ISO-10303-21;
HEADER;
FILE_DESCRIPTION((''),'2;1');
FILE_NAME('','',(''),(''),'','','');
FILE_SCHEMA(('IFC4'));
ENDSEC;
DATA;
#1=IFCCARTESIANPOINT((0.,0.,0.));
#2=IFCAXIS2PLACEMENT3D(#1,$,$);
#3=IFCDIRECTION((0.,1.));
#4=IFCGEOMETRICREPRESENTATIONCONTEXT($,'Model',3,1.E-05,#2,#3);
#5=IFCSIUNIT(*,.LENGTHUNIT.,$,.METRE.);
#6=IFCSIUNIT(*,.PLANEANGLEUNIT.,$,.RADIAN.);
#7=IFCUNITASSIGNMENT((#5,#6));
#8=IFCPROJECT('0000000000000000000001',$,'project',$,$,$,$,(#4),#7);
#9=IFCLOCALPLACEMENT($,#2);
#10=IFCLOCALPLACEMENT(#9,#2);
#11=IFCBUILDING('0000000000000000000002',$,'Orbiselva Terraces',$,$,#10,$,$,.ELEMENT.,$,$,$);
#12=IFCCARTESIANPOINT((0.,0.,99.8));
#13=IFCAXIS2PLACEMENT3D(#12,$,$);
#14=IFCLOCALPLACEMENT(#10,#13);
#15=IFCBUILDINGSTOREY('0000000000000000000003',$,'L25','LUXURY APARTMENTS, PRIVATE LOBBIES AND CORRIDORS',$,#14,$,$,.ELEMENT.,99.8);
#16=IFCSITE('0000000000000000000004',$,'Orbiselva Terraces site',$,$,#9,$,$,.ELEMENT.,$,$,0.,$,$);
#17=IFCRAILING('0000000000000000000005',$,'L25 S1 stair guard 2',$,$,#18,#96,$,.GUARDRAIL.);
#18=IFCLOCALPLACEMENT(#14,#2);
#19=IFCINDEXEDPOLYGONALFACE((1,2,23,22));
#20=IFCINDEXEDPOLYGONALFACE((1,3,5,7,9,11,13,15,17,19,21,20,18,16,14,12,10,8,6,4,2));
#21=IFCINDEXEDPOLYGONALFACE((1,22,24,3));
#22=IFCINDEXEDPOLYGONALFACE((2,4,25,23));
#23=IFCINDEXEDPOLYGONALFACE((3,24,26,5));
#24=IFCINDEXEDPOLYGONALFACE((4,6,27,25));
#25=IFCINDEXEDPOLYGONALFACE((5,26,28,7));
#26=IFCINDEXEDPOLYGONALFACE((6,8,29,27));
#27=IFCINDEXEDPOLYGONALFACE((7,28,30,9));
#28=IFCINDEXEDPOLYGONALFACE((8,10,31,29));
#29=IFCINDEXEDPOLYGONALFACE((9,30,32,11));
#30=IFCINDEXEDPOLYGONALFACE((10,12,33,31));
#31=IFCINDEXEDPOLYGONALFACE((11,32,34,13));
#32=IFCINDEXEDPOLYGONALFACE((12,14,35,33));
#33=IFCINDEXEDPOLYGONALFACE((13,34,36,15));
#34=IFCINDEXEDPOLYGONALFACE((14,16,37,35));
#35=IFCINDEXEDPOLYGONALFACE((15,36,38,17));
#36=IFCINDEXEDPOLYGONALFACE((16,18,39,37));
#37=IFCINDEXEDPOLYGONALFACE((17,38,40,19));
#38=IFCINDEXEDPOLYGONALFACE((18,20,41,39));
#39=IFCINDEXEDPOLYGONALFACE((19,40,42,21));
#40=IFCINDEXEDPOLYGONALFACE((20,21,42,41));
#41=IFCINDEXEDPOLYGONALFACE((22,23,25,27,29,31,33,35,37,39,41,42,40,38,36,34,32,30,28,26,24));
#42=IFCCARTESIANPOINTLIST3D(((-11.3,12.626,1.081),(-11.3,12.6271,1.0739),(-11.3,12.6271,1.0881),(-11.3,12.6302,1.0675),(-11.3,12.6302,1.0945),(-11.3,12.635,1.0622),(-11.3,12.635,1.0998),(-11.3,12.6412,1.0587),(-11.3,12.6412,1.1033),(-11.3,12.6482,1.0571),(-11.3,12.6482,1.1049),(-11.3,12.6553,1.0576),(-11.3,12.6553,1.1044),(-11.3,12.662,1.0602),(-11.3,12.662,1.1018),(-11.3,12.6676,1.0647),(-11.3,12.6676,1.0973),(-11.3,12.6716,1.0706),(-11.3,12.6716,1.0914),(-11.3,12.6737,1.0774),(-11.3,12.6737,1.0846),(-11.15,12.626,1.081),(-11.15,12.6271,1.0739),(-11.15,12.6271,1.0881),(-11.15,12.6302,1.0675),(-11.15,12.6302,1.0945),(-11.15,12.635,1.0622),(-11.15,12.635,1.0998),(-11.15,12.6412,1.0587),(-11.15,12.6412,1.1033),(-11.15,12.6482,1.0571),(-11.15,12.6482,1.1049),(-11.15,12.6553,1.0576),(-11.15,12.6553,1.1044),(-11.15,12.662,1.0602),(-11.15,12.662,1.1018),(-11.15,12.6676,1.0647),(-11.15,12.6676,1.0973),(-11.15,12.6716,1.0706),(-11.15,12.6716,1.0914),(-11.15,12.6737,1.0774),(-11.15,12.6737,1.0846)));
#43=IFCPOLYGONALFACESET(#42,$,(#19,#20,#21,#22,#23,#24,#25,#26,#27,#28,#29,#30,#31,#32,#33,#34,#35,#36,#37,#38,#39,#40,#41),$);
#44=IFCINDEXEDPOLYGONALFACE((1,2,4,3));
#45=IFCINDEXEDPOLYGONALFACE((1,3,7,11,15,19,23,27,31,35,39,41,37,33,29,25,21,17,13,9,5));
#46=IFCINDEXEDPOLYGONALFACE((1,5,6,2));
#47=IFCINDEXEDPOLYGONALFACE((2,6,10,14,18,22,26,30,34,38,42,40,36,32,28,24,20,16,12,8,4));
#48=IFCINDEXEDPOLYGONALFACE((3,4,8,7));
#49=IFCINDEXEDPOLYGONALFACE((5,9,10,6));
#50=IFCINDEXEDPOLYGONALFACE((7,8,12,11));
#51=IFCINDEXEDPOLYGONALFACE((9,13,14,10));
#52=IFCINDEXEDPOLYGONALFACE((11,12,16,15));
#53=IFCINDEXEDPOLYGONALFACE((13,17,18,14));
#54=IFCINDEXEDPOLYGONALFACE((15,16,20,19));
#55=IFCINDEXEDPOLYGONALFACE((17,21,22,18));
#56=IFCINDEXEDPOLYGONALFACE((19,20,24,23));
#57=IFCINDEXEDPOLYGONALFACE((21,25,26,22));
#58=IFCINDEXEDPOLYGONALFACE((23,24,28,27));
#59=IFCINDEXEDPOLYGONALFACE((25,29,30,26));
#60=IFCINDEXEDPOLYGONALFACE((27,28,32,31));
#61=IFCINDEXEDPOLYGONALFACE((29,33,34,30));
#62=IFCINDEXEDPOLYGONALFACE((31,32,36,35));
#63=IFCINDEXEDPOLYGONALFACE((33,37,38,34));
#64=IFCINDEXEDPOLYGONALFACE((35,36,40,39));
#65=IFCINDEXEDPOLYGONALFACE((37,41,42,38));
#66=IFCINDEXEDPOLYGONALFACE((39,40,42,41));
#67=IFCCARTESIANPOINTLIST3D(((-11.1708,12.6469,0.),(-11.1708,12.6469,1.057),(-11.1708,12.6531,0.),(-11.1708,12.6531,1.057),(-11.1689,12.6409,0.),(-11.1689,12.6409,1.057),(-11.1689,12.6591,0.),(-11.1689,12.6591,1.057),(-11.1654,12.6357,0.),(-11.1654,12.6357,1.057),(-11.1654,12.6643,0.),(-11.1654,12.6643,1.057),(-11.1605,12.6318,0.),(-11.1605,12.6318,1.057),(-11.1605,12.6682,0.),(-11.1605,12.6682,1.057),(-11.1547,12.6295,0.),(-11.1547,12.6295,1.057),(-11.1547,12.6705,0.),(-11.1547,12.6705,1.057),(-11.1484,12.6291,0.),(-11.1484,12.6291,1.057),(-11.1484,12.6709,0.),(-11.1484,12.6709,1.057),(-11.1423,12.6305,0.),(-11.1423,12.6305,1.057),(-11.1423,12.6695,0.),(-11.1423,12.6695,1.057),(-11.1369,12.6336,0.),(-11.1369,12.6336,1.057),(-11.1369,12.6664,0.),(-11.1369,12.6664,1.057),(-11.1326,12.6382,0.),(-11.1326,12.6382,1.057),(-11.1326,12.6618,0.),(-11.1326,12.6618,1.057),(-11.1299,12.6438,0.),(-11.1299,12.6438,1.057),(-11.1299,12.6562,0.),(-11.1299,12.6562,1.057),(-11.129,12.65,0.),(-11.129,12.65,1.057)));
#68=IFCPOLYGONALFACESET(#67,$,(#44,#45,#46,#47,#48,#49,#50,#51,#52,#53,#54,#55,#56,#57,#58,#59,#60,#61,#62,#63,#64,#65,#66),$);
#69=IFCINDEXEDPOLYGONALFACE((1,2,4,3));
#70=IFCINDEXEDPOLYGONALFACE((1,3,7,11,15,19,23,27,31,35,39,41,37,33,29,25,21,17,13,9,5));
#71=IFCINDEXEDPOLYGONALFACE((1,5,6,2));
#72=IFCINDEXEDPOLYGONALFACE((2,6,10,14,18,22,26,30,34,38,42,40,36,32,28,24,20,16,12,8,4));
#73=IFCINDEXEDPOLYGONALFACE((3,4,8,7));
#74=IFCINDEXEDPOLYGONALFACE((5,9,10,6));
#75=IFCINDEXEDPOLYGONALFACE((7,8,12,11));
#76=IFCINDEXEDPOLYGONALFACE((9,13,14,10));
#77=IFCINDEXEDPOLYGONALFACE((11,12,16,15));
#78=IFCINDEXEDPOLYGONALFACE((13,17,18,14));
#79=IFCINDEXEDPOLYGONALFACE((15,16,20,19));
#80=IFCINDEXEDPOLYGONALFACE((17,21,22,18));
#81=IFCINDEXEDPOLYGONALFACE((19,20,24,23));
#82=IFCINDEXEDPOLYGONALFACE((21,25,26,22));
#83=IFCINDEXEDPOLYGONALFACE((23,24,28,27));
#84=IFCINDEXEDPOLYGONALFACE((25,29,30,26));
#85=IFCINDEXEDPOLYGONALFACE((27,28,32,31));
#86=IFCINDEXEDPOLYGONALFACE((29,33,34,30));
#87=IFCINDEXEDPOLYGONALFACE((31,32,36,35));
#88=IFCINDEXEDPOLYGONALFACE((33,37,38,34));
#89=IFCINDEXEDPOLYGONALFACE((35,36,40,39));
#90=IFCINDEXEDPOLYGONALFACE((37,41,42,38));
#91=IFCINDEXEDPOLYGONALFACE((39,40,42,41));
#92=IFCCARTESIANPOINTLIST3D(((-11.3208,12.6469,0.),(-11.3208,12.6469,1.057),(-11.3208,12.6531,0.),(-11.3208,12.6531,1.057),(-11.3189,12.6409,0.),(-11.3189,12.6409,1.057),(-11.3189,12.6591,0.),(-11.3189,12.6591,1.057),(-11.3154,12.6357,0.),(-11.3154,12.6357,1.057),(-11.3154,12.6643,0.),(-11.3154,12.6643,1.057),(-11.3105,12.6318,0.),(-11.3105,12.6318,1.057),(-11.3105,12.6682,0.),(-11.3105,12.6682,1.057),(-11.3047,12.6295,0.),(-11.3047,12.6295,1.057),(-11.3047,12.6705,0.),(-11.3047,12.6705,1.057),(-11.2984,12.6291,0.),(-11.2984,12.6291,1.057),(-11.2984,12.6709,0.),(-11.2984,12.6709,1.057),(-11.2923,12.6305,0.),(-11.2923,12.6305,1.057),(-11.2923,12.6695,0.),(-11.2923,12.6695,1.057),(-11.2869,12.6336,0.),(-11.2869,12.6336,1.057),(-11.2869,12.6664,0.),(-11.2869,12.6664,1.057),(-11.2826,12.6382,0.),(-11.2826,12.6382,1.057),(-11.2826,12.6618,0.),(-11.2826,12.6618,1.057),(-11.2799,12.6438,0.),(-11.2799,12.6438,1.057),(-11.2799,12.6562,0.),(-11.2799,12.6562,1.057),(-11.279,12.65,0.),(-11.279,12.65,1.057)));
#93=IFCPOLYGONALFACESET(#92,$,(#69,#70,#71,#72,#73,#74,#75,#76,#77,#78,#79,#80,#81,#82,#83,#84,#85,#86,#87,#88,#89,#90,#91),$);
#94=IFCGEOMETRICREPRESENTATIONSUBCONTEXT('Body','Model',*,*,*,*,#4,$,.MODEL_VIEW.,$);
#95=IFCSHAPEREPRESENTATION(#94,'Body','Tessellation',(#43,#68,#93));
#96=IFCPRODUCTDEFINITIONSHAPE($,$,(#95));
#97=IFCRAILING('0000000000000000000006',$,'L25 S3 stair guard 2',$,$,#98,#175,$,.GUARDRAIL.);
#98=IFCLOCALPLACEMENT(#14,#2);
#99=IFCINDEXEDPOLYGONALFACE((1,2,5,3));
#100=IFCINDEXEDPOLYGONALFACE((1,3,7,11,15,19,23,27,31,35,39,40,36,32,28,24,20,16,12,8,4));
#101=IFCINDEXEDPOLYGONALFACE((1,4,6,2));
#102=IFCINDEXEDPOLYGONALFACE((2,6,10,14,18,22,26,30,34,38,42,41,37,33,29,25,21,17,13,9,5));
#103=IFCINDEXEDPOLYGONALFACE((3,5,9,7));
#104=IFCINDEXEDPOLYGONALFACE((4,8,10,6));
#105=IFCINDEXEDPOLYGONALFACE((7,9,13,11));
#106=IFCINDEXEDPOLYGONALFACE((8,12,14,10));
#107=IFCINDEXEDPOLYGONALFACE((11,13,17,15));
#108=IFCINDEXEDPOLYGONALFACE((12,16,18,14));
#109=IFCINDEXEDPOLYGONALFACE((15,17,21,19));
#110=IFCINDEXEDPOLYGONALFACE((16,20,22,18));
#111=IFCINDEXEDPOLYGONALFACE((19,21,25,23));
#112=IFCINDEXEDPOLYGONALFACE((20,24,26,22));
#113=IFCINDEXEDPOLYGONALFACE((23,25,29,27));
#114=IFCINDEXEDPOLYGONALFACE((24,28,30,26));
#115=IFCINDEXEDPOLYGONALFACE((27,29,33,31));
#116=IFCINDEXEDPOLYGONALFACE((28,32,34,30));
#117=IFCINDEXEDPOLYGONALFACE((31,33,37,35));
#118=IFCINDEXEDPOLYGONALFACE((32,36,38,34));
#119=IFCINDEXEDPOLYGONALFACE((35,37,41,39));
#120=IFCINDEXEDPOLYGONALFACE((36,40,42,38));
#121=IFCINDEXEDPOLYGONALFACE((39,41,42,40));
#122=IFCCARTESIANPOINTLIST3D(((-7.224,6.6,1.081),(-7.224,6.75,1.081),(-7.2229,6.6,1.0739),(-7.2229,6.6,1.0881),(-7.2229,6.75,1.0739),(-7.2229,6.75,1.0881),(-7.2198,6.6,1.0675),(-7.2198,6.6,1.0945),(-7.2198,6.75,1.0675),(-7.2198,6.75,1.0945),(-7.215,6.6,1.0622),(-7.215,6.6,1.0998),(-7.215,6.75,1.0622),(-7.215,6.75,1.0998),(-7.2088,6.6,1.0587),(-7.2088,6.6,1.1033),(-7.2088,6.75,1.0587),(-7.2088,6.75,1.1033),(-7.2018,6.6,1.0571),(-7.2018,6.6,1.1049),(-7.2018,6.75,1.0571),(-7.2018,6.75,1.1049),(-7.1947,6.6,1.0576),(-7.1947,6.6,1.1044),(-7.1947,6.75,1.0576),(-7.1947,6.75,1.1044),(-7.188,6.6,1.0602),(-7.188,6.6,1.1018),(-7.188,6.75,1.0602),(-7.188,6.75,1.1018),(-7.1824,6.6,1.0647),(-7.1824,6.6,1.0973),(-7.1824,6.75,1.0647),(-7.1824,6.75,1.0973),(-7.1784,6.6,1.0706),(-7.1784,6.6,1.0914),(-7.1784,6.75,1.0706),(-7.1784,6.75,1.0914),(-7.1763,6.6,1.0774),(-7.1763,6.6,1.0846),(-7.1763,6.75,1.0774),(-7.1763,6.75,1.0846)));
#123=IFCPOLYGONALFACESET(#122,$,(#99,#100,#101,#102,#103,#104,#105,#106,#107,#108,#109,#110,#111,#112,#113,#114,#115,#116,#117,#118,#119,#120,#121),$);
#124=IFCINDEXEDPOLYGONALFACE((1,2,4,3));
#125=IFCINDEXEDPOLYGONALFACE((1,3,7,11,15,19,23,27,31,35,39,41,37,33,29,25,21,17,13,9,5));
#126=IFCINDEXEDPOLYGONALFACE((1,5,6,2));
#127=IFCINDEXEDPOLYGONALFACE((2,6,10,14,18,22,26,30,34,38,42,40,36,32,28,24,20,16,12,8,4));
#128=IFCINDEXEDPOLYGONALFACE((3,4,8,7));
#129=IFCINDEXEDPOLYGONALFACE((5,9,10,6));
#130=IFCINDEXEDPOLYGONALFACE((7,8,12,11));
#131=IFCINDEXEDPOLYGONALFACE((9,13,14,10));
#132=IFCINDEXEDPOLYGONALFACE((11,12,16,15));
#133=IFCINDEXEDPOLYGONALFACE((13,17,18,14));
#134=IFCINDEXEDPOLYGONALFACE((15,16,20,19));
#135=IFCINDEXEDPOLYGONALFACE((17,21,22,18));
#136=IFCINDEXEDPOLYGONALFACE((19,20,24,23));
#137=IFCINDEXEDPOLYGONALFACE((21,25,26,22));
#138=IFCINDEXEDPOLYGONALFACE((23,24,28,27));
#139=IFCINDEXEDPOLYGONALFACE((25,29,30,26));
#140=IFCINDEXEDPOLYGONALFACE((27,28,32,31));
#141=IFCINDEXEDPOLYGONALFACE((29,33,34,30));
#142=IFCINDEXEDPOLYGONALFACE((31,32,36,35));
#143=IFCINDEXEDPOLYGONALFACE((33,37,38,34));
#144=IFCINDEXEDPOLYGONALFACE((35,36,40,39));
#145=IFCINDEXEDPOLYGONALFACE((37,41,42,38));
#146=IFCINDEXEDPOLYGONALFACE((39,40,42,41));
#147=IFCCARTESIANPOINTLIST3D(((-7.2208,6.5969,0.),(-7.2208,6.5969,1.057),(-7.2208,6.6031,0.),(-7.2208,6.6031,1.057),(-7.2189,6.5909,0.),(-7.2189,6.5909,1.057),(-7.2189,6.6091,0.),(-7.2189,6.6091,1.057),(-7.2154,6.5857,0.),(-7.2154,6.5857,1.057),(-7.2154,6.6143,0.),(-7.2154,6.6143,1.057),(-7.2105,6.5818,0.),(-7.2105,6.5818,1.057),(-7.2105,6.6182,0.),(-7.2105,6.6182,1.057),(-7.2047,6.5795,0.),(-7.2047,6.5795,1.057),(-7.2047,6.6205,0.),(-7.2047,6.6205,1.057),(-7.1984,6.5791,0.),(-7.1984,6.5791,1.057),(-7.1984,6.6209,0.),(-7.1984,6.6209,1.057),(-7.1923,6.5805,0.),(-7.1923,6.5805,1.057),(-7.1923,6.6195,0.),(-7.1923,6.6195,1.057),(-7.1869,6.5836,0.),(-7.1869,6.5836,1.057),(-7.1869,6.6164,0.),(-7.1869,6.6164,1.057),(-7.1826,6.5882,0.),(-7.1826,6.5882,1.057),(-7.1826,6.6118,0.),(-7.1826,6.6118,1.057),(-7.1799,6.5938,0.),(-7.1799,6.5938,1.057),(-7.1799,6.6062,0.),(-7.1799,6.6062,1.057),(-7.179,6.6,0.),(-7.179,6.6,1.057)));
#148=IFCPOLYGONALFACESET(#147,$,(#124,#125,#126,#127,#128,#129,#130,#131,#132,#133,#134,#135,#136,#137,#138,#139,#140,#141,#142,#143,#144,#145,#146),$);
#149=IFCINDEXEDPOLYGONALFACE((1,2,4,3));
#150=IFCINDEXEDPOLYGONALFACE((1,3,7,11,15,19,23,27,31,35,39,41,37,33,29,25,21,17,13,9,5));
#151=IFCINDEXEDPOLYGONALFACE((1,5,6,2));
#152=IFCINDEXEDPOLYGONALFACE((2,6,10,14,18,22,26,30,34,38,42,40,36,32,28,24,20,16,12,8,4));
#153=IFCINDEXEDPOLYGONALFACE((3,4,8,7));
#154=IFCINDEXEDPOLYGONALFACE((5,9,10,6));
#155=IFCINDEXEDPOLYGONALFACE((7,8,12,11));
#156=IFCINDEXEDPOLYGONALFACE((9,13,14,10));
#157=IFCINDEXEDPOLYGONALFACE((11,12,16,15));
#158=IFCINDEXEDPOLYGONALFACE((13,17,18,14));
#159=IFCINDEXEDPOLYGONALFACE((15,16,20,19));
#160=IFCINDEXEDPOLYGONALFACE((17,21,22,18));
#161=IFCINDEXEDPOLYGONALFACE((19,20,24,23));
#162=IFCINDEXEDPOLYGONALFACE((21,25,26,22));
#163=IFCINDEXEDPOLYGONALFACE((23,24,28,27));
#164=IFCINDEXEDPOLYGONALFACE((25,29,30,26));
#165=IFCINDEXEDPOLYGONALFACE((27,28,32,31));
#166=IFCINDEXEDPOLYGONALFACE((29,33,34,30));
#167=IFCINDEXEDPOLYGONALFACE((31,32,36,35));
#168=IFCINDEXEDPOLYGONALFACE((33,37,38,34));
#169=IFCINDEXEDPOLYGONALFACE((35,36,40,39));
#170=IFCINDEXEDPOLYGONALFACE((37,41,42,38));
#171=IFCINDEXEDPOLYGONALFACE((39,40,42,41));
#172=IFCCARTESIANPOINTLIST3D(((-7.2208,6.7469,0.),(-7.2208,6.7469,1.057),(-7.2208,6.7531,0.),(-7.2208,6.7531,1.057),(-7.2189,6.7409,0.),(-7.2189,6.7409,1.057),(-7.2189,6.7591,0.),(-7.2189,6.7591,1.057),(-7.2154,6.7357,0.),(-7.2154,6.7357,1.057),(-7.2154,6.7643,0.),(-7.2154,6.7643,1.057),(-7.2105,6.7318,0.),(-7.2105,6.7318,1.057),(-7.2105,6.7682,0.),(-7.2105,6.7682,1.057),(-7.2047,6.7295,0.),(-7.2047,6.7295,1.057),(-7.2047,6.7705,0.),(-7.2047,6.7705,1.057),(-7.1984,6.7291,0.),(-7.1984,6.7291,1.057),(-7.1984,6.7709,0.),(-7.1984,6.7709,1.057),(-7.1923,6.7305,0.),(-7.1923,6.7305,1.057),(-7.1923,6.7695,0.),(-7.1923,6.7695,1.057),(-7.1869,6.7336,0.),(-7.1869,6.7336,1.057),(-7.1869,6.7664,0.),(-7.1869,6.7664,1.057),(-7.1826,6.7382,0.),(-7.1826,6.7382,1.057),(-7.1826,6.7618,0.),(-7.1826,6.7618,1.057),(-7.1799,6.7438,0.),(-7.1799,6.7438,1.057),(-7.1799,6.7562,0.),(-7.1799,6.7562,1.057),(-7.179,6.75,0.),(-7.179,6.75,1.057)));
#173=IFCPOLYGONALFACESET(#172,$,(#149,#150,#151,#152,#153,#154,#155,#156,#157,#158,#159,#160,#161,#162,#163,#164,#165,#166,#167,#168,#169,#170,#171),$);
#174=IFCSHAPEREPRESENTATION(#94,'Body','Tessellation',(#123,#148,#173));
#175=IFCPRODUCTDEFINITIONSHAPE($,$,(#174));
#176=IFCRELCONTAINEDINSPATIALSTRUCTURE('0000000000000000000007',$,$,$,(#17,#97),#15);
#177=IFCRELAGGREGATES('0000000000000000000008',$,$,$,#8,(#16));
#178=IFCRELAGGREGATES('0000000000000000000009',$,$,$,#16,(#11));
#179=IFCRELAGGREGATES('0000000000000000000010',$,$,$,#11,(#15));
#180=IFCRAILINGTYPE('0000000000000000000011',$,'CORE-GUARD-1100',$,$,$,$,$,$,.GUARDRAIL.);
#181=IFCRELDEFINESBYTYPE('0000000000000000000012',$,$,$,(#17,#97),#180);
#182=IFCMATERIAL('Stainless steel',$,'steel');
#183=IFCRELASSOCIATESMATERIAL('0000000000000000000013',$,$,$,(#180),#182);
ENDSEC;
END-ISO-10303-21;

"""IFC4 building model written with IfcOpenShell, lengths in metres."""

from ifc_helpers import new_model, si_unit, direction, frame, origin, origin_2d, place, context, subcontext, project, spatial, circle, extrude, material, type_object, element, save


model = new_model("IFC4")

# Units and contexts
model_context = context("Model", 3, precision=1e-05, world=origin(), true_north=direction((0.0, 1.0)))
body_context = subcontext(model_context, "Body", "Model", "MODEL_VIEW")
ifc_project = project(units=[si_unit("LENGTHUNIT", "METRE"), si_unit("PLANEANGLEUNIT", "RADIAN")], contexts=[model_context])

# Site, building, storey
site_placement = place(None, origin())
site = spatial("IfcSite", under=ifc_project, at=site_placement, Name="Orbiselva Terraces site", CompositionType="ELEMENT", RefElevation=0.0)
building_placement = place(site_placement, origin())
building = spatial("IfcBuilding", under=site, at=building_placement, Name="Orbiselva Terraces", CompositionType="ELEMENT")
storey_placement = place(building_placement, frame((0.0, 0.0, 99.8)))
storey = spatial("IfcBuildingStorey", under=building, at=storey_placement, Name="L25", Description="LUXURY APARTMENTS, PRIVATE LOBBIES AND CORRIDORS", CompositionType="ELEMENT", Elevation=99.8)

# Railings
ifc_material_1 = material(Name="Stainless steel", Category="steel")
railing_type_1 = type_object("IfcRailingType", Name="CORE-GUARD-1100", PredefinedType="GUARDRAIL", material=ifc_material_1)
railing_1_placement = place(storey_placement, frame((-11.15, 12.65, 0.0)))
element("IfcRailing", 1, at=railing_1_placement, inside=storey, type_object=railing_type_1, Name="L25 S1 stair guard 2", PredefinedType="GUARDRAIL", context=body_context, shape_type="SweptSolid", body=[
    extrude(circle(Radius=0.024, at=origin_2d()), frame((0.0, 0.0, 1.081), z_axis=(-1.0, 0.0, 0.0), x_axis=(0.0, -1.0, 0.0)), (0.0, 0.0, 1.0), 0.15),
    extrude(circle(Radius=0.021, at=origin_2d()), origin(), (0.0, 0.0, 1.0), 1.057),
    extrude(circle(Radius=0.021, at=origin_2d()), frame((-0.15, 0.0, 0.0)), (0.0, 0.0, 1.0), 1.057),
])
railing_2_placement = place(storey_placement, frame((-7.2, 6.6, 0.0)))
element("IfcRailing", 2, at=railing_2_placement, inside=storey, type_object=railing_type_1, Name="L25 S3 stair guard 2", PredefinedType="GUARDRAIL", context=body_context, shape_type="SweptSolid", body=[
    extrude(circle(Radius=0.024, at=origin_2d()), frame((0.0, 0.0, 1.081), z_axis=(0.0, 1.0, 0.0), x_axis=(-1.0, 0.0, 0.0)), (0.0, 0.0, 1.0), 0.15),
    extrude(circle(Radius=0.021, at=origin_2d()), origin(), (0.0, 0.0, 1.0), 1.057),
    extrude(circle(Radius=0.021, at=origin_2d()), frame((0.0, 0.15, 0.0)), (0.0, 0.0, 1.0), 1.057),
])

save(model, "model.ifc")
